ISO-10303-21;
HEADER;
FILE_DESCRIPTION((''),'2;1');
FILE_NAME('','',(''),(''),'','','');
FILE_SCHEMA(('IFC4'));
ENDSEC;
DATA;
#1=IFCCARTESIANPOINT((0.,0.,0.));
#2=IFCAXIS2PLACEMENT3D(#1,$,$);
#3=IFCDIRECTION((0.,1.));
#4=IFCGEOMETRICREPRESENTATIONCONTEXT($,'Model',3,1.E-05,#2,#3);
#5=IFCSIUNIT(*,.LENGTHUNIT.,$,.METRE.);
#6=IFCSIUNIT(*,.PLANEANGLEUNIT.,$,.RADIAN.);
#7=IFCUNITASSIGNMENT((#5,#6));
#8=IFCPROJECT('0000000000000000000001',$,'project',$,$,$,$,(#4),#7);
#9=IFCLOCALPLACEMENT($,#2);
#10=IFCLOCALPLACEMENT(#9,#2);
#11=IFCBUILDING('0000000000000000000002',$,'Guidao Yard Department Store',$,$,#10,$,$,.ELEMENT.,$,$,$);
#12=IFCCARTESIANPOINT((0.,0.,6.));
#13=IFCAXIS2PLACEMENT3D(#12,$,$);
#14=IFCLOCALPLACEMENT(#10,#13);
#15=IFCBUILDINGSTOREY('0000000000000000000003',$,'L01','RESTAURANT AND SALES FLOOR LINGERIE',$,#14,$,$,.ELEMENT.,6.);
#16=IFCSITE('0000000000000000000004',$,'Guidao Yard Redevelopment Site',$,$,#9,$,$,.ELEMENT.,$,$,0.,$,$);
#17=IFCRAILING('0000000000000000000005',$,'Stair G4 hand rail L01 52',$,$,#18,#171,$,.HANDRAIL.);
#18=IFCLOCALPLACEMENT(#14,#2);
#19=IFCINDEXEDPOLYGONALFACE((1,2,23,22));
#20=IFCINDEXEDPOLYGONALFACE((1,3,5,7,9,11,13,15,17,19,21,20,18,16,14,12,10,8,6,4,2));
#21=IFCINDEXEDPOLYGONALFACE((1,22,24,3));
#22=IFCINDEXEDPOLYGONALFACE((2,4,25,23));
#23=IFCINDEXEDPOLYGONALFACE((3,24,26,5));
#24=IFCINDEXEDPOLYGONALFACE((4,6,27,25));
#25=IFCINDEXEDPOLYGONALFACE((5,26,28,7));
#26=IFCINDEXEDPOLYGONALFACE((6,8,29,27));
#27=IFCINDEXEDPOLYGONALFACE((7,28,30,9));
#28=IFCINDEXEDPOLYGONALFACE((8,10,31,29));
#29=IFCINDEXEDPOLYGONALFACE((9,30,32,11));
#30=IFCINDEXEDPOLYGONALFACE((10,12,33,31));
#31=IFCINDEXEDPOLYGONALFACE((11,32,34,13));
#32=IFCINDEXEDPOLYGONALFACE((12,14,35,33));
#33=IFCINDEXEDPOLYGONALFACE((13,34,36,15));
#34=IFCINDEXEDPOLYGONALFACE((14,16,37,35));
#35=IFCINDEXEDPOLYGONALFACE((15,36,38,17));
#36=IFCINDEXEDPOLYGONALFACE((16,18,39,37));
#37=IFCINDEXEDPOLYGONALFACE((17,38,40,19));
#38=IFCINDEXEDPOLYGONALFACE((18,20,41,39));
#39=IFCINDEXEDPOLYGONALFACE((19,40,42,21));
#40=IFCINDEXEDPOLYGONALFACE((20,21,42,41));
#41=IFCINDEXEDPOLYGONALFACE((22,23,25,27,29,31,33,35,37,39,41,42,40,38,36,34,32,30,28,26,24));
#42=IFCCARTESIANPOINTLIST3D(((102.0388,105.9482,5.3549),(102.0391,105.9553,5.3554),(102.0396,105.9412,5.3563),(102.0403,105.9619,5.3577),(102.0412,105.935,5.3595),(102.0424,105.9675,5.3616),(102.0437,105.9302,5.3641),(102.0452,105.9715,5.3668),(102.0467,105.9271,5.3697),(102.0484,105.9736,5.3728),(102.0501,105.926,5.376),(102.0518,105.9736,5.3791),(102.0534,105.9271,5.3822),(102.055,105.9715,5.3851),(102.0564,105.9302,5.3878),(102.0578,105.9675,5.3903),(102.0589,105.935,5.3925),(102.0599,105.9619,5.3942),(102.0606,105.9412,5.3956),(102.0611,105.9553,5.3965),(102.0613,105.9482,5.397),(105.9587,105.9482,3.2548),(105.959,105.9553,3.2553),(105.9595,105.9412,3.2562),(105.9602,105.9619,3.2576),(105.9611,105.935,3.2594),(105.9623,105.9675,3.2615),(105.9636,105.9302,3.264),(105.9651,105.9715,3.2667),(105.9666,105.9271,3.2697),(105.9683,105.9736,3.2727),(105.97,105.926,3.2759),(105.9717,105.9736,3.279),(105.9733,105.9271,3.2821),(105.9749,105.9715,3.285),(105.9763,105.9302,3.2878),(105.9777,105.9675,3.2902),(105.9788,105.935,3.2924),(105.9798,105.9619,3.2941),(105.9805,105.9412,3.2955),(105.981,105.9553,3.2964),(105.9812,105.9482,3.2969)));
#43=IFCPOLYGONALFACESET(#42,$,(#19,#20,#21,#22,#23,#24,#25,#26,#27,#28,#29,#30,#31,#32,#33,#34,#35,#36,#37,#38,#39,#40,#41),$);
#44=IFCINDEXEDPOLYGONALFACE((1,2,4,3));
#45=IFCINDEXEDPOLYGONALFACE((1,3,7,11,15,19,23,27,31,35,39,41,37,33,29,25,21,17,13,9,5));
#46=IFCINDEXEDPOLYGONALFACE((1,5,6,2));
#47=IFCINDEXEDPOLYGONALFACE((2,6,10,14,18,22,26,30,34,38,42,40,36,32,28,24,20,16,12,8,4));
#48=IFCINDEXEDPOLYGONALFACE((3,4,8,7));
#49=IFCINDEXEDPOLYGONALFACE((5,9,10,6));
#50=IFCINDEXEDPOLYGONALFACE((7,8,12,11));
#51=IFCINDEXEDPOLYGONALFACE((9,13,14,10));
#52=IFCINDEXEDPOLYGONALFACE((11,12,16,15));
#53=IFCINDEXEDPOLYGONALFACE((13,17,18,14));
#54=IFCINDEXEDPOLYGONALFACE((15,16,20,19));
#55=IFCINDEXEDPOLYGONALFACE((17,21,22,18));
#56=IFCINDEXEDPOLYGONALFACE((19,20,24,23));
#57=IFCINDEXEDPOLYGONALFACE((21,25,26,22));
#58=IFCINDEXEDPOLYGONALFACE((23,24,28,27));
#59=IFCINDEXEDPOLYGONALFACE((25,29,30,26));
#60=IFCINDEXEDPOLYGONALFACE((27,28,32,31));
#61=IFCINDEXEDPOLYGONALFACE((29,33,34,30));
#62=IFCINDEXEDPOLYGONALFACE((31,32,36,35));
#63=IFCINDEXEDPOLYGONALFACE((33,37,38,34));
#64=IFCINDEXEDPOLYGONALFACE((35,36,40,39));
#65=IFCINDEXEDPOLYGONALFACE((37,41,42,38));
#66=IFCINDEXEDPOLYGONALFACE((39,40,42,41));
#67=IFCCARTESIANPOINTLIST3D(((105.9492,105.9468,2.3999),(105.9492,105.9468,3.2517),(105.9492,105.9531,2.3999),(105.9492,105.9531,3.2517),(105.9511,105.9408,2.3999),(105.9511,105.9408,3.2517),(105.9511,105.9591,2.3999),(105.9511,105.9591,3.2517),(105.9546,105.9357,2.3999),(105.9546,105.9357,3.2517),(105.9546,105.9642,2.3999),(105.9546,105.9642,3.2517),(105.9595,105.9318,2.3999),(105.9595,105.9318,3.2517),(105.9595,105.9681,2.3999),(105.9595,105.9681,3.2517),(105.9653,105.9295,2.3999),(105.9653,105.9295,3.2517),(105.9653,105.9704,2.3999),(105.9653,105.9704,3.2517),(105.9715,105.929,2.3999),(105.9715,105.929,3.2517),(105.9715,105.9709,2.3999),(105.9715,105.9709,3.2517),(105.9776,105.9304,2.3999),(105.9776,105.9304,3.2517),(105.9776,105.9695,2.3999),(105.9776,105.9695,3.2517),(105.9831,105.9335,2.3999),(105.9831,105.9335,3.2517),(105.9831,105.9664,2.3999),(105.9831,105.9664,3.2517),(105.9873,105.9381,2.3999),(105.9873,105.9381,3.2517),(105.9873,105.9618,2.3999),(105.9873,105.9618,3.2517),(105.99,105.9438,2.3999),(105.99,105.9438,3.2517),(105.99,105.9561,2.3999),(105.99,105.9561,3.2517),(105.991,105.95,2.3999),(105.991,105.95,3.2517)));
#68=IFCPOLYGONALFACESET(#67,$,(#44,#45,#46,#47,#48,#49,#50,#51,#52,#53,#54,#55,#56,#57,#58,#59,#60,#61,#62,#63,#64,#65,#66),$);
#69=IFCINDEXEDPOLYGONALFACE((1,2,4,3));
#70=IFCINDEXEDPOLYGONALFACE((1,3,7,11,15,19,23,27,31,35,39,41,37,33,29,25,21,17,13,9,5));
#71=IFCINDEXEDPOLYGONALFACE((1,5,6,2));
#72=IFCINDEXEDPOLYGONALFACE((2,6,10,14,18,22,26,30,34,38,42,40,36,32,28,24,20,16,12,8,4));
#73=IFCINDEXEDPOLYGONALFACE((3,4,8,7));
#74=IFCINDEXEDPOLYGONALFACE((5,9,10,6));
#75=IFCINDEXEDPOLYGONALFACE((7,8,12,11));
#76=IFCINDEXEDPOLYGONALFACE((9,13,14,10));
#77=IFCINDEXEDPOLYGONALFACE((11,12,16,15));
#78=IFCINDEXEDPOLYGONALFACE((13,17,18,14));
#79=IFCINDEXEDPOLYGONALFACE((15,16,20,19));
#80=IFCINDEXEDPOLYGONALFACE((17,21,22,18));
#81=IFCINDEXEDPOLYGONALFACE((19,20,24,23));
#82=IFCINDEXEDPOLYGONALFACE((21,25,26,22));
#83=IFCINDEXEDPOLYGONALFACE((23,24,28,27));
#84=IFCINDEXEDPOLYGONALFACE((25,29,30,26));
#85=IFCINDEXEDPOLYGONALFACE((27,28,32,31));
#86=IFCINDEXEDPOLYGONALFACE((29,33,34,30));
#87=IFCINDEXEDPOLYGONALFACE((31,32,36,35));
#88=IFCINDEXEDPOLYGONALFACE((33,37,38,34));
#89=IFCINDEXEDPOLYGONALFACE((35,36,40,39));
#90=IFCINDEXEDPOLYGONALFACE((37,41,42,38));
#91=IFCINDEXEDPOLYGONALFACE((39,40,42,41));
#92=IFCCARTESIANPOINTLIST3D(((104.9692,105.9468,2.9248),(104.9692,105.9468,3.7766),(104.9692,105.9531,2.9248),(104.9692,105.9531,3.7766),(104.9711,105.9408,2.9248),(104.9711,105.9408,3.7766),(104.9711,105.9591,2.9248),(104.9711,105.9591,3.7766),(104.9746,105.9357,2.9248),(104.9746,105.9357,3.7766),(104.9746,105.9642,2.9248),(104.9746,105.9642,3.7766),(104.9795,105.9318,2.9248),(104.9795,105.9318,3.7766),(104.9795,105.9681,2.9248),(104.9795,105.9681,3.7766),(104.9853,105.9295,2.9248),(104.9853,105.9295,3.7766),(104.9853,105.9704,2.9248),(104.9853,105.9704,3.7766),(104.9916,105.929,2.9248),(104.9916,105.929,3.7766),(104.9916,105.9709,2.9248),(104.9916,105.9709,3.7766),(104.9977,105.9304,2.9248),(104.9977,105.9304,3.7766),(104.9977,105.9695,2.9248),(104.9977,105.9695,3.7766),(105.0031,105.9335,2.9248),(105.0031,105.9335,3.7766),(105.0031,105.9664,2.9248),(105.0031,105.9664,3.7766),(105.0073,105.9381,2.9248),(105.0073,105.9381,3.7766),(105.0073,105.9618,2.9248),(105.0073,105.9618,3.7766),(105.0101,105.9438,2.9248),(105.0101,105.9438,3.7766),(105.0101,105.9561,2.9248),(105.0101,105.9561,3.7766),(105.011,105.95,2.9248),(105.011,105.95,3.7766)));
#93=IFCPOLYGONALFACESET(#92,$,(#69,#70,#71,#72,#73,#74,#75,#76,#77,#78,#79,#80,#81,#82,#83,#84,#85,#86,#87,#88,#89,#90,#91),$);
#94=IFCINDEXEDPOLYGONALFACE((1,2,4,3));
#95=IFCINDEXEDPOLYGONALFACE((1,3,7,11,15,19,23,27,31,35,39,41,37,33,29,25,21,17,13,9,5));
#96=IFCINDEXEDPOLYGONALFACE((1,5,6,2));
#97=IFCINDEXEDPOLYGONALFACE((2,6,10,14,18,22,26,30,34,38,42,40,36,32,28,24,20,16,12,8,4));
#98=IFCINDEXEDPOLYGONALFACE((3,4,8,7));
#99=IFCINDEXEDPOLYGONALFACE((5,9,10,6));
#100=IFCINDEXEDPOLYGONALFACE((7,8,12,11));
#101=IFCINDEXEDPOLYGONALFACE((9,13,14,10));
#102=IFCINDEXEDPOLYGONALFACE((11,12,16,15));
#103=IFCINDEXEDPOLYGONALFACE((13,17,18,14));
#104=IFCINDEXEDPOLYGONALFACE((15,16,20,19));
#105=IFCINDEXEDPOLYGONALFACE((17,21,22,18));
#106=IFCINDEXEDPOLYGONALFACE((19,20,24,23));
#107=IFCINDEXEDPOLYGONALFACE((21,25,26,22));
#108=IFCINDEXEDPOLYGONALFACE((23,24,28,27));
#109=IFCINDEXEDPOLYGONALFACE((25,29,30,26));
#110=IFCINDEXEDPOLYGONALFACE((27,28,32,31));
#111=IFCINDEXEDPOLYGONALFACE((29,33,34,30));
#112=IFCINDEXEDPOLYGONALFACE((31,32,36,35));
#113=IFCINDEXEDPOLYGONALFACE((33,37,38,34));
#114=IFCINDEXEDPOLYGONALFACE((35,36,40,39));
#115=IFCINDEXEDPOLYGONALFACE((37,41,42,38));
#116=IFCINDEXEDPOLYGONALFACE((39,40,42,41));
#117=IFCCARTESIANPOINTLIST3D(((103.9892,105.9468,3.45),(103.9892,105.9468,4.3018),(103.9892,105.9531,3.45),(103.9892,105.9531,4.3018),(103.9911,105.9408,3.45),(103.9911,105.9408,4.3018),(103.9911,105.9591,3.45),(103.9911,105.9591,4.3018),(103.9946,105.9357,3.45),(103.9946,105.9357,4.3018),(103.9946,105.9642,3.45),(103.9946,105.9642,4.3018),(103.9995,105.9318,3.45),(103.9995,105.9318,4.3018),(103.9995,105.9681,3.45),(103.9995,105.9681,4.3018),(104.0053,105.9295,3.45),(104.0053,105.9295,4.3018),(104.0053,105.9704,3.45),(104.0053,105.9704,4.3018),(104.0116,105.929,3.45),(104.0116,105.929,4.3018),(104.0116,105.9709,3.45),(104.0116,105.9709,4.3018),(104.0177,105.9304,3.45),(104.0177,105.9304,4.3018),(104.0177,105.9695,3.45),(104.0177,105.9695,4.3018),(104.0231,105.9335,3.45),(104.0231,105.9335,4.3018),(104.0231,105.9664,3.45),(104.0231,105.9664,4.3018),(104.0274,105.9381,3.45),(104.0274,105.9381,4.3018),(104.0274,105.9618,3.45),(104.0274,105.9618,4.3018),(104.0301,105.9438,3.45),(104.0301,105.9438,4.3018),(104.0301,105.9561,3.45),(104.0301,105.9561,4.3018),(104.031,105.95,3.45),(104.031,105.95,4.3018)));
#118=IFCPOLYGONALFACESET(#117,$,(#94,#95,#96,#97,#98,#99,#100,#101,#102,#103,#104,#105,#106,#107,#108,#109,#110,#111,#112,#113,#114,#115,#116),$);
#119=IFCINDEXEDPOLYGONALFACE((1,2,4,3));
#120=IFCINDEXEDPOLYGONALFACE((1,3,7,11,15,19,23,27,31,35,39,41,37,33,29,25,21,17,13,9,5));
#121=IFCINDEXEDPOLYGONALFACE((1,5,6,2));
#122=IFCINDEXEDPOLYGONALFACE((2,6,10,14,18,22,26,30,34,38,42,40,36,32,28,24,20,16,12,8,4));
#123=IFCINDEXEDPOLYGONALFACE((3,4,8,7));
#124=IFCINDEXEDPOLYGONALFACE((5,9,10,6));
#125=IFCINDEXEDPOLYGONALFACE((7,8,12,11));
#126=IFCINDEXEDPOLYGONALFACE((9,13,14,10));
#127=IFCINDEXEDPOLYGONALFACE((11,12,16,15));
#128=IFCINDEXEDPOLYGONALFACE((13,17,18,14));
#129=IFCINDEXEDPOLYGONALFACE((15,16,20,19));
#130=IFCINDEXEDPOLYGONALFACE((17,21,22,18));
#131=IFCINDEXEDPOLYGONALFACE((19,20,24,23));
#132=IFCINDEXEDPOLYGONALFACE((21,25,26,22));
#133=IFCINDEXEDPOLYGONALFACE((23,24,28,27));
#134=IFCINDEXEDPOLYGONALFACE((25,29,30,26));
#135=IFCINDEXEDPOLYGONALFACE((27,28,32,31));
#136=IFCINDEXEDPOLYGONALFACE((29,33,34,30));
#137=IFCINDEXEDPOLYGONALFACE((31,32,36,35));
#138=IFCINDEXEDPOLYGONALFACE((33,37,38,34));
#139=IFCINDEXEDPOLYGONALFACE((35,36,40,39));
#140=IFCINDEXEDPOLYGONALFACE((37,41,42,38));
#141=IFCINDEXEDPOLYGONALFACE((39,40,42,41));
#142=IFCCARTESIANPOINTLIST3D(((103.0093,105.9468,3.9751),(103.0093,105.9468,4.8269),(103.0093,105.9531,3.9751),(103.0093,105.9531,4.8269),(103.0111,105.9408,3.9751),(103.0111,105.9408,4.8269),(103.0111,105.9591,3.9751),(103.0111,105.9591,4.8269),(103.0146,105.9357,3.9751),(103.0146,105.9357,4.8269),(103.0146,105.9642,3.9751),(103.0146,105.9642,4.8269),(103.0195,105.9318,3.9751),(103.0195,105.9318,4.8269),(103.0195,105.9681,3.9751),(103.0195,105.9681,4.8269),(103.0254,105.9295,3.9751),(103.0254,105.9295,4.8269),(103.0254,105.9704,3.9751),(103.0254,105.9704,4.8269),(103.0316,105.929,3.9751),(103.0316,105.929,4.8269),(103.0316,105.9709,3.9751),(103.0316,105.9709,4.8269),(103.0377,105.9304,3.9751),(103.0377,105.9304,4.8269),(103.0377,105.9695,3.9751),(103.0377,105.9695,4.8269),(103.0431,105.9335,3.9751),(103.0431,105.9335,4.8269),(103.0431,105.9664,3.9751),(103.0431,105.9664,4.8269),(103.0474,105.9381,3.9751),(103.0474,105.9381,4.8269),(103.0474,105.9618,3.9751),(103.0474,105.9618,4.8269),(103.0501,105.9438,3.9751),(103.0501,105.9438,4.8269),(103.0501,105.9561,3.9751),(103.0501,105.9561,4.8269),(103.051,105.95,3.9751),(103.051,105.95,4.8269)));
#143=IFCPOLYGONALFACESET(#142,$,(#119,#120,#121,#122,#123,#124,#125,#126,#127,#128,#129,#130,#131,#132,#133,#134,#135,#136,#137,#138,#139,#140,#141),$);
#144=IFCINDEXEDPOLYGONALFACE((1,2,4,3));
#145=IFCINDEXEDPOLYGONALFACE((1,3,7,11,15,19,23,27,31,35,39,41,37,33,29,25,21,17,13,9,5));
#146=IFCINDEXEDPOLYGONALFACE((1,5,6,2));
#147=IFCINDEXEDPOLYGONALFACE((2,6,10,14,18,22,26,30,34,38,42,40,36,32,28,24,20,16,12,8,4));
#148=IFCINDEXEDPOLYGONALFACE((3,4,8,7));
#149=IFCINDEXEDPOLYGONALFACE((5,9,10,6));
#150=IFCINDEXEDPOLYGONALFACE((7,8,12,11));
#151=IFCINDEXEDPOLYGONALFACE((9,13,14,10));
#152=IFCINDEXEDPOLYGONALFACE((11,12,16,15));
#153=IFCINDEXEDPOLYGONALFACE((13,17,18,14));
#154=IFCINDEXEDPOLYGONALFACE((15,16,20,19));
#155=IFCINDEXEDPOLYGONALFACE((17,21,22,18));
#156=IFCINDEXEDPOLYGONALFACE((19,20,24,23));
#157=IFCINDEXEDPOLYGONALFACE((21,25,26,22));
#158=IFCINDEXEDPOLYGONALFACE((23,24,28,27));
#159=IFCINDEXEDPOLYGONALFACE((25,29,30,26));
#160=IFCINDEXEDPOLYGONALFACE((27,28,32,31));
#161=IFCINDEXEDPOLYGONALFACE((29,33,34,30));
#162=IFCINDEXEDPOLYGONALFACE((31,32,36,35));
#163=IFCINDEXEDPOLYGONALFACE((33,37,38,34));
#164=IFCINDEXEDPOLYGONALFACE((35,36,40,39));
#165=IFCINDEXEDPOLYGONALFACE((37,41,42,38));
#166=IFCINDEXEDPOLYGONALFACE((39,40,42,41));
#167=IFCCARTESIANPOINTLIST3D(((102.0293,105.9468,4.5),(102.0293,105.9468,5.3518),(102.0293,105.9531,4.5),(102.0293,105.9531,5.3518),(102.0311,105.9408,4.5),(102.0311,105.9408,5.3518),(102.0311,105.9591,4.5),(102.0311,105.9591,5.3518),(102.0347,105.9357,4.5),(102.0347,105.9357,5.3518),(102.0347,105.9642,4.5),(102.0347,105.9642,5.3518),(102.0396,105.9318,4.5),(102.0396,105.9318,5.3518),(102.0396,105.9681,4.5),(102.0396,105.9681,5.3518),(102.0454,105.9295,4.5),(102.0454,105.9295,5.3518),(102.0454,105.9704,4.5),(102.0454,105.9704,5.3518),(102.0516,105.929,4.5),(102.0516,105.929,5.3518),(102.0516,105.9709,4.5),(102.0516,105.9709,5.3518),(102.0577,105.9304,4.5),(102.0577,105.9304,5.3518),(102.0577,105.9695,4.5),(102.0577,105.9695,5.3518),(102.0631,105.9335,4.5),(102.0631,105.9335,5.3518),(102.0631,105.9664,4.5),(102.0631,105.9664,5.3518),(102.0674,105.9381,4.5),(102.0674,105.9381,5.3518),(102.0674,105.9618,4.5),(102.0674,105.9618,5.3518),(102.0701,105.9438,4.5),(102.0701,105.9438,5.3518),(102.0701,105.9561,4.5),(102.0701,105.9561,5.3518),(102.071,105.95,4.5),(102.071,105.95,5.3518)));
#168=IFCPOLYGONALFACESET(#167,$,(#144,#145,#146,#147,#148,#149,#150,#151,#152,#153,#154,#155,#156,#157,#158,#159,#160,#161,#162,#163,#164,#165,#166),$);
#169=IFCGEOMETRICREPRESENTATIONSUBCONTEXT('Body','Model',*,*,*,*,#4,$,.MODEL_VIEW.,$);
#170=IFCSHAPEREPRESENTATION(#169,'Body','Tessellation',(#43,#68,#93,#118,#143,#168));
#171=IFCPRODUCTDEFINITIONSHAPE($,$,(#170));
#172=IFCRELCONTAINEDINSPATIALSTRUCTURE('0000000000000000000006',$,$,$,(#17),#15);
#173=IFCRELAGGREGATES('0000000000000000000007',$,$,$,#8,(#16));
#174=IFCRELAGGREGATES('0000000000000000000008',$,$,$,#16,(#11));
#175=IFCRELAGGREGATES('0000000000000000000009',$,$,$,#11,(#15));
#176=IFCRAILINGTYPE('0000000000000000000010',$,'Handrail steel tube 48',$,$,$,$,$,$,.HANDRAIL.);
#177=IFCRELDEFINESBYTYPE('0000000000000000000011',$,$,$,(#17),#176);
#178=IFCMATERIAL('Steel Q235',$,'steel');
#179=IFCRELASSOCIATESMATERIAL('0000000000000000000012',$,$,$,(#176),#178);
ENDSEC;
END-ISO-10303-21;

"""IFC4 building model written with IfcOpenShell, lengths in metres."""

from ifc_helpers import new_model, si_unit, direction, frame, origin, origin_2d, place, context, subcontext, project, spatial, circle, extrude, material, type_object, element, save


model = new_model("IFC4")

# Units and contexts
model_context = context("Model", 3, precision=1e-05, world=origin(), true_north=direction((0.0, 1.0)))
body_context = subcontext(model_context, "Body", "Model", "MODEL_VIEW")
ifc_project = project(units=[si_unit("LENGTHUNIT", "METRE"), si_unit("PLANEANGLEUNIT", "RADIAN")], contexts=[model_context])

# Site, building, storey
site_placement = place(None, origin())
site = spatial("IfcSite", under=ifc_project, at=site_placement, Name="Guidao Yard Redevelopment Site", CompositionType="ELEMENT", RefElevation=0.0)
building_placement = place(site_placement, origin())
building = spatial("IfcBuilding", under=site, at=building_placement, Name="Guidao Yard Department Store", CompositionType="ELEMENT")
storey_placement = place(building_placement, frame((0.0, 0.0, 6.0)))
storey = spatial("IfcBuildingStorey", under=building, at=storey_placement, Name="L01", Description="RESTAURANT AND SALES FLOOR LINGERIE", CompositionType="ELEMENT", Elevation=6.0)

# Railing
ifc_material_1 = material(Name="Steel Q235", Category="steel")
railing_type_1 = type_object("IfcRailingType", Name="Handrail steel tube 48", PredefinedType="HANDRAIL", material=ifc_material_1)
for number, where, name in (
    (1, (105.97, 105.95, 2.3999), "Stair G4 hand rail L01 52"),
):
    element("IfcRailing", number, at=place(storey_placement, frame(where)), inside=storey, type_object=railing_type_1, Name=name, PredefinedType="HANDRAIL", context=body_context, shape_type="SweptSolid", body=[
        extrude(circle(Radius=0.0239, at=origin_2d()), frame((0.0, 0.0, 0.876), z_axis=(-0.881467, 0.0, 0.472246), x_axis=(0.0, -1.0, 0.0)), (0.0, 0.0, 1.0), 4.447),
        extrude(circle(Radius=0.021, at=origin_2d()), origin(), (0.0, 0.0, 1.0), 0.8518),
        extrude(circle(Radius=0.021, at=origin_2d()), frame((-0.98, 0.0, 0.5249)), (0.0, 0.0, 1.0), 0.8518),
        extrude(circle(Radius=0.021, at=origin_2d()), frame((-1.96, 0.0, 1.05)), (0.0, 0.0, 1.0), 0.8518),
        extrude(circle(Radius=0.021, at=origin_2d()), frame((-2.9399, 0.0, 1.5752)), (0.0, 0.0, 1.0), 0.8518),
        extrude(circle(Radius=0.021, at=origin_2d()), frame((-3.9199, 0.0, 2.1001)), (0.0, 0.0, 1.0), 0.8518),
    ])

save(model, "model.ifc")
